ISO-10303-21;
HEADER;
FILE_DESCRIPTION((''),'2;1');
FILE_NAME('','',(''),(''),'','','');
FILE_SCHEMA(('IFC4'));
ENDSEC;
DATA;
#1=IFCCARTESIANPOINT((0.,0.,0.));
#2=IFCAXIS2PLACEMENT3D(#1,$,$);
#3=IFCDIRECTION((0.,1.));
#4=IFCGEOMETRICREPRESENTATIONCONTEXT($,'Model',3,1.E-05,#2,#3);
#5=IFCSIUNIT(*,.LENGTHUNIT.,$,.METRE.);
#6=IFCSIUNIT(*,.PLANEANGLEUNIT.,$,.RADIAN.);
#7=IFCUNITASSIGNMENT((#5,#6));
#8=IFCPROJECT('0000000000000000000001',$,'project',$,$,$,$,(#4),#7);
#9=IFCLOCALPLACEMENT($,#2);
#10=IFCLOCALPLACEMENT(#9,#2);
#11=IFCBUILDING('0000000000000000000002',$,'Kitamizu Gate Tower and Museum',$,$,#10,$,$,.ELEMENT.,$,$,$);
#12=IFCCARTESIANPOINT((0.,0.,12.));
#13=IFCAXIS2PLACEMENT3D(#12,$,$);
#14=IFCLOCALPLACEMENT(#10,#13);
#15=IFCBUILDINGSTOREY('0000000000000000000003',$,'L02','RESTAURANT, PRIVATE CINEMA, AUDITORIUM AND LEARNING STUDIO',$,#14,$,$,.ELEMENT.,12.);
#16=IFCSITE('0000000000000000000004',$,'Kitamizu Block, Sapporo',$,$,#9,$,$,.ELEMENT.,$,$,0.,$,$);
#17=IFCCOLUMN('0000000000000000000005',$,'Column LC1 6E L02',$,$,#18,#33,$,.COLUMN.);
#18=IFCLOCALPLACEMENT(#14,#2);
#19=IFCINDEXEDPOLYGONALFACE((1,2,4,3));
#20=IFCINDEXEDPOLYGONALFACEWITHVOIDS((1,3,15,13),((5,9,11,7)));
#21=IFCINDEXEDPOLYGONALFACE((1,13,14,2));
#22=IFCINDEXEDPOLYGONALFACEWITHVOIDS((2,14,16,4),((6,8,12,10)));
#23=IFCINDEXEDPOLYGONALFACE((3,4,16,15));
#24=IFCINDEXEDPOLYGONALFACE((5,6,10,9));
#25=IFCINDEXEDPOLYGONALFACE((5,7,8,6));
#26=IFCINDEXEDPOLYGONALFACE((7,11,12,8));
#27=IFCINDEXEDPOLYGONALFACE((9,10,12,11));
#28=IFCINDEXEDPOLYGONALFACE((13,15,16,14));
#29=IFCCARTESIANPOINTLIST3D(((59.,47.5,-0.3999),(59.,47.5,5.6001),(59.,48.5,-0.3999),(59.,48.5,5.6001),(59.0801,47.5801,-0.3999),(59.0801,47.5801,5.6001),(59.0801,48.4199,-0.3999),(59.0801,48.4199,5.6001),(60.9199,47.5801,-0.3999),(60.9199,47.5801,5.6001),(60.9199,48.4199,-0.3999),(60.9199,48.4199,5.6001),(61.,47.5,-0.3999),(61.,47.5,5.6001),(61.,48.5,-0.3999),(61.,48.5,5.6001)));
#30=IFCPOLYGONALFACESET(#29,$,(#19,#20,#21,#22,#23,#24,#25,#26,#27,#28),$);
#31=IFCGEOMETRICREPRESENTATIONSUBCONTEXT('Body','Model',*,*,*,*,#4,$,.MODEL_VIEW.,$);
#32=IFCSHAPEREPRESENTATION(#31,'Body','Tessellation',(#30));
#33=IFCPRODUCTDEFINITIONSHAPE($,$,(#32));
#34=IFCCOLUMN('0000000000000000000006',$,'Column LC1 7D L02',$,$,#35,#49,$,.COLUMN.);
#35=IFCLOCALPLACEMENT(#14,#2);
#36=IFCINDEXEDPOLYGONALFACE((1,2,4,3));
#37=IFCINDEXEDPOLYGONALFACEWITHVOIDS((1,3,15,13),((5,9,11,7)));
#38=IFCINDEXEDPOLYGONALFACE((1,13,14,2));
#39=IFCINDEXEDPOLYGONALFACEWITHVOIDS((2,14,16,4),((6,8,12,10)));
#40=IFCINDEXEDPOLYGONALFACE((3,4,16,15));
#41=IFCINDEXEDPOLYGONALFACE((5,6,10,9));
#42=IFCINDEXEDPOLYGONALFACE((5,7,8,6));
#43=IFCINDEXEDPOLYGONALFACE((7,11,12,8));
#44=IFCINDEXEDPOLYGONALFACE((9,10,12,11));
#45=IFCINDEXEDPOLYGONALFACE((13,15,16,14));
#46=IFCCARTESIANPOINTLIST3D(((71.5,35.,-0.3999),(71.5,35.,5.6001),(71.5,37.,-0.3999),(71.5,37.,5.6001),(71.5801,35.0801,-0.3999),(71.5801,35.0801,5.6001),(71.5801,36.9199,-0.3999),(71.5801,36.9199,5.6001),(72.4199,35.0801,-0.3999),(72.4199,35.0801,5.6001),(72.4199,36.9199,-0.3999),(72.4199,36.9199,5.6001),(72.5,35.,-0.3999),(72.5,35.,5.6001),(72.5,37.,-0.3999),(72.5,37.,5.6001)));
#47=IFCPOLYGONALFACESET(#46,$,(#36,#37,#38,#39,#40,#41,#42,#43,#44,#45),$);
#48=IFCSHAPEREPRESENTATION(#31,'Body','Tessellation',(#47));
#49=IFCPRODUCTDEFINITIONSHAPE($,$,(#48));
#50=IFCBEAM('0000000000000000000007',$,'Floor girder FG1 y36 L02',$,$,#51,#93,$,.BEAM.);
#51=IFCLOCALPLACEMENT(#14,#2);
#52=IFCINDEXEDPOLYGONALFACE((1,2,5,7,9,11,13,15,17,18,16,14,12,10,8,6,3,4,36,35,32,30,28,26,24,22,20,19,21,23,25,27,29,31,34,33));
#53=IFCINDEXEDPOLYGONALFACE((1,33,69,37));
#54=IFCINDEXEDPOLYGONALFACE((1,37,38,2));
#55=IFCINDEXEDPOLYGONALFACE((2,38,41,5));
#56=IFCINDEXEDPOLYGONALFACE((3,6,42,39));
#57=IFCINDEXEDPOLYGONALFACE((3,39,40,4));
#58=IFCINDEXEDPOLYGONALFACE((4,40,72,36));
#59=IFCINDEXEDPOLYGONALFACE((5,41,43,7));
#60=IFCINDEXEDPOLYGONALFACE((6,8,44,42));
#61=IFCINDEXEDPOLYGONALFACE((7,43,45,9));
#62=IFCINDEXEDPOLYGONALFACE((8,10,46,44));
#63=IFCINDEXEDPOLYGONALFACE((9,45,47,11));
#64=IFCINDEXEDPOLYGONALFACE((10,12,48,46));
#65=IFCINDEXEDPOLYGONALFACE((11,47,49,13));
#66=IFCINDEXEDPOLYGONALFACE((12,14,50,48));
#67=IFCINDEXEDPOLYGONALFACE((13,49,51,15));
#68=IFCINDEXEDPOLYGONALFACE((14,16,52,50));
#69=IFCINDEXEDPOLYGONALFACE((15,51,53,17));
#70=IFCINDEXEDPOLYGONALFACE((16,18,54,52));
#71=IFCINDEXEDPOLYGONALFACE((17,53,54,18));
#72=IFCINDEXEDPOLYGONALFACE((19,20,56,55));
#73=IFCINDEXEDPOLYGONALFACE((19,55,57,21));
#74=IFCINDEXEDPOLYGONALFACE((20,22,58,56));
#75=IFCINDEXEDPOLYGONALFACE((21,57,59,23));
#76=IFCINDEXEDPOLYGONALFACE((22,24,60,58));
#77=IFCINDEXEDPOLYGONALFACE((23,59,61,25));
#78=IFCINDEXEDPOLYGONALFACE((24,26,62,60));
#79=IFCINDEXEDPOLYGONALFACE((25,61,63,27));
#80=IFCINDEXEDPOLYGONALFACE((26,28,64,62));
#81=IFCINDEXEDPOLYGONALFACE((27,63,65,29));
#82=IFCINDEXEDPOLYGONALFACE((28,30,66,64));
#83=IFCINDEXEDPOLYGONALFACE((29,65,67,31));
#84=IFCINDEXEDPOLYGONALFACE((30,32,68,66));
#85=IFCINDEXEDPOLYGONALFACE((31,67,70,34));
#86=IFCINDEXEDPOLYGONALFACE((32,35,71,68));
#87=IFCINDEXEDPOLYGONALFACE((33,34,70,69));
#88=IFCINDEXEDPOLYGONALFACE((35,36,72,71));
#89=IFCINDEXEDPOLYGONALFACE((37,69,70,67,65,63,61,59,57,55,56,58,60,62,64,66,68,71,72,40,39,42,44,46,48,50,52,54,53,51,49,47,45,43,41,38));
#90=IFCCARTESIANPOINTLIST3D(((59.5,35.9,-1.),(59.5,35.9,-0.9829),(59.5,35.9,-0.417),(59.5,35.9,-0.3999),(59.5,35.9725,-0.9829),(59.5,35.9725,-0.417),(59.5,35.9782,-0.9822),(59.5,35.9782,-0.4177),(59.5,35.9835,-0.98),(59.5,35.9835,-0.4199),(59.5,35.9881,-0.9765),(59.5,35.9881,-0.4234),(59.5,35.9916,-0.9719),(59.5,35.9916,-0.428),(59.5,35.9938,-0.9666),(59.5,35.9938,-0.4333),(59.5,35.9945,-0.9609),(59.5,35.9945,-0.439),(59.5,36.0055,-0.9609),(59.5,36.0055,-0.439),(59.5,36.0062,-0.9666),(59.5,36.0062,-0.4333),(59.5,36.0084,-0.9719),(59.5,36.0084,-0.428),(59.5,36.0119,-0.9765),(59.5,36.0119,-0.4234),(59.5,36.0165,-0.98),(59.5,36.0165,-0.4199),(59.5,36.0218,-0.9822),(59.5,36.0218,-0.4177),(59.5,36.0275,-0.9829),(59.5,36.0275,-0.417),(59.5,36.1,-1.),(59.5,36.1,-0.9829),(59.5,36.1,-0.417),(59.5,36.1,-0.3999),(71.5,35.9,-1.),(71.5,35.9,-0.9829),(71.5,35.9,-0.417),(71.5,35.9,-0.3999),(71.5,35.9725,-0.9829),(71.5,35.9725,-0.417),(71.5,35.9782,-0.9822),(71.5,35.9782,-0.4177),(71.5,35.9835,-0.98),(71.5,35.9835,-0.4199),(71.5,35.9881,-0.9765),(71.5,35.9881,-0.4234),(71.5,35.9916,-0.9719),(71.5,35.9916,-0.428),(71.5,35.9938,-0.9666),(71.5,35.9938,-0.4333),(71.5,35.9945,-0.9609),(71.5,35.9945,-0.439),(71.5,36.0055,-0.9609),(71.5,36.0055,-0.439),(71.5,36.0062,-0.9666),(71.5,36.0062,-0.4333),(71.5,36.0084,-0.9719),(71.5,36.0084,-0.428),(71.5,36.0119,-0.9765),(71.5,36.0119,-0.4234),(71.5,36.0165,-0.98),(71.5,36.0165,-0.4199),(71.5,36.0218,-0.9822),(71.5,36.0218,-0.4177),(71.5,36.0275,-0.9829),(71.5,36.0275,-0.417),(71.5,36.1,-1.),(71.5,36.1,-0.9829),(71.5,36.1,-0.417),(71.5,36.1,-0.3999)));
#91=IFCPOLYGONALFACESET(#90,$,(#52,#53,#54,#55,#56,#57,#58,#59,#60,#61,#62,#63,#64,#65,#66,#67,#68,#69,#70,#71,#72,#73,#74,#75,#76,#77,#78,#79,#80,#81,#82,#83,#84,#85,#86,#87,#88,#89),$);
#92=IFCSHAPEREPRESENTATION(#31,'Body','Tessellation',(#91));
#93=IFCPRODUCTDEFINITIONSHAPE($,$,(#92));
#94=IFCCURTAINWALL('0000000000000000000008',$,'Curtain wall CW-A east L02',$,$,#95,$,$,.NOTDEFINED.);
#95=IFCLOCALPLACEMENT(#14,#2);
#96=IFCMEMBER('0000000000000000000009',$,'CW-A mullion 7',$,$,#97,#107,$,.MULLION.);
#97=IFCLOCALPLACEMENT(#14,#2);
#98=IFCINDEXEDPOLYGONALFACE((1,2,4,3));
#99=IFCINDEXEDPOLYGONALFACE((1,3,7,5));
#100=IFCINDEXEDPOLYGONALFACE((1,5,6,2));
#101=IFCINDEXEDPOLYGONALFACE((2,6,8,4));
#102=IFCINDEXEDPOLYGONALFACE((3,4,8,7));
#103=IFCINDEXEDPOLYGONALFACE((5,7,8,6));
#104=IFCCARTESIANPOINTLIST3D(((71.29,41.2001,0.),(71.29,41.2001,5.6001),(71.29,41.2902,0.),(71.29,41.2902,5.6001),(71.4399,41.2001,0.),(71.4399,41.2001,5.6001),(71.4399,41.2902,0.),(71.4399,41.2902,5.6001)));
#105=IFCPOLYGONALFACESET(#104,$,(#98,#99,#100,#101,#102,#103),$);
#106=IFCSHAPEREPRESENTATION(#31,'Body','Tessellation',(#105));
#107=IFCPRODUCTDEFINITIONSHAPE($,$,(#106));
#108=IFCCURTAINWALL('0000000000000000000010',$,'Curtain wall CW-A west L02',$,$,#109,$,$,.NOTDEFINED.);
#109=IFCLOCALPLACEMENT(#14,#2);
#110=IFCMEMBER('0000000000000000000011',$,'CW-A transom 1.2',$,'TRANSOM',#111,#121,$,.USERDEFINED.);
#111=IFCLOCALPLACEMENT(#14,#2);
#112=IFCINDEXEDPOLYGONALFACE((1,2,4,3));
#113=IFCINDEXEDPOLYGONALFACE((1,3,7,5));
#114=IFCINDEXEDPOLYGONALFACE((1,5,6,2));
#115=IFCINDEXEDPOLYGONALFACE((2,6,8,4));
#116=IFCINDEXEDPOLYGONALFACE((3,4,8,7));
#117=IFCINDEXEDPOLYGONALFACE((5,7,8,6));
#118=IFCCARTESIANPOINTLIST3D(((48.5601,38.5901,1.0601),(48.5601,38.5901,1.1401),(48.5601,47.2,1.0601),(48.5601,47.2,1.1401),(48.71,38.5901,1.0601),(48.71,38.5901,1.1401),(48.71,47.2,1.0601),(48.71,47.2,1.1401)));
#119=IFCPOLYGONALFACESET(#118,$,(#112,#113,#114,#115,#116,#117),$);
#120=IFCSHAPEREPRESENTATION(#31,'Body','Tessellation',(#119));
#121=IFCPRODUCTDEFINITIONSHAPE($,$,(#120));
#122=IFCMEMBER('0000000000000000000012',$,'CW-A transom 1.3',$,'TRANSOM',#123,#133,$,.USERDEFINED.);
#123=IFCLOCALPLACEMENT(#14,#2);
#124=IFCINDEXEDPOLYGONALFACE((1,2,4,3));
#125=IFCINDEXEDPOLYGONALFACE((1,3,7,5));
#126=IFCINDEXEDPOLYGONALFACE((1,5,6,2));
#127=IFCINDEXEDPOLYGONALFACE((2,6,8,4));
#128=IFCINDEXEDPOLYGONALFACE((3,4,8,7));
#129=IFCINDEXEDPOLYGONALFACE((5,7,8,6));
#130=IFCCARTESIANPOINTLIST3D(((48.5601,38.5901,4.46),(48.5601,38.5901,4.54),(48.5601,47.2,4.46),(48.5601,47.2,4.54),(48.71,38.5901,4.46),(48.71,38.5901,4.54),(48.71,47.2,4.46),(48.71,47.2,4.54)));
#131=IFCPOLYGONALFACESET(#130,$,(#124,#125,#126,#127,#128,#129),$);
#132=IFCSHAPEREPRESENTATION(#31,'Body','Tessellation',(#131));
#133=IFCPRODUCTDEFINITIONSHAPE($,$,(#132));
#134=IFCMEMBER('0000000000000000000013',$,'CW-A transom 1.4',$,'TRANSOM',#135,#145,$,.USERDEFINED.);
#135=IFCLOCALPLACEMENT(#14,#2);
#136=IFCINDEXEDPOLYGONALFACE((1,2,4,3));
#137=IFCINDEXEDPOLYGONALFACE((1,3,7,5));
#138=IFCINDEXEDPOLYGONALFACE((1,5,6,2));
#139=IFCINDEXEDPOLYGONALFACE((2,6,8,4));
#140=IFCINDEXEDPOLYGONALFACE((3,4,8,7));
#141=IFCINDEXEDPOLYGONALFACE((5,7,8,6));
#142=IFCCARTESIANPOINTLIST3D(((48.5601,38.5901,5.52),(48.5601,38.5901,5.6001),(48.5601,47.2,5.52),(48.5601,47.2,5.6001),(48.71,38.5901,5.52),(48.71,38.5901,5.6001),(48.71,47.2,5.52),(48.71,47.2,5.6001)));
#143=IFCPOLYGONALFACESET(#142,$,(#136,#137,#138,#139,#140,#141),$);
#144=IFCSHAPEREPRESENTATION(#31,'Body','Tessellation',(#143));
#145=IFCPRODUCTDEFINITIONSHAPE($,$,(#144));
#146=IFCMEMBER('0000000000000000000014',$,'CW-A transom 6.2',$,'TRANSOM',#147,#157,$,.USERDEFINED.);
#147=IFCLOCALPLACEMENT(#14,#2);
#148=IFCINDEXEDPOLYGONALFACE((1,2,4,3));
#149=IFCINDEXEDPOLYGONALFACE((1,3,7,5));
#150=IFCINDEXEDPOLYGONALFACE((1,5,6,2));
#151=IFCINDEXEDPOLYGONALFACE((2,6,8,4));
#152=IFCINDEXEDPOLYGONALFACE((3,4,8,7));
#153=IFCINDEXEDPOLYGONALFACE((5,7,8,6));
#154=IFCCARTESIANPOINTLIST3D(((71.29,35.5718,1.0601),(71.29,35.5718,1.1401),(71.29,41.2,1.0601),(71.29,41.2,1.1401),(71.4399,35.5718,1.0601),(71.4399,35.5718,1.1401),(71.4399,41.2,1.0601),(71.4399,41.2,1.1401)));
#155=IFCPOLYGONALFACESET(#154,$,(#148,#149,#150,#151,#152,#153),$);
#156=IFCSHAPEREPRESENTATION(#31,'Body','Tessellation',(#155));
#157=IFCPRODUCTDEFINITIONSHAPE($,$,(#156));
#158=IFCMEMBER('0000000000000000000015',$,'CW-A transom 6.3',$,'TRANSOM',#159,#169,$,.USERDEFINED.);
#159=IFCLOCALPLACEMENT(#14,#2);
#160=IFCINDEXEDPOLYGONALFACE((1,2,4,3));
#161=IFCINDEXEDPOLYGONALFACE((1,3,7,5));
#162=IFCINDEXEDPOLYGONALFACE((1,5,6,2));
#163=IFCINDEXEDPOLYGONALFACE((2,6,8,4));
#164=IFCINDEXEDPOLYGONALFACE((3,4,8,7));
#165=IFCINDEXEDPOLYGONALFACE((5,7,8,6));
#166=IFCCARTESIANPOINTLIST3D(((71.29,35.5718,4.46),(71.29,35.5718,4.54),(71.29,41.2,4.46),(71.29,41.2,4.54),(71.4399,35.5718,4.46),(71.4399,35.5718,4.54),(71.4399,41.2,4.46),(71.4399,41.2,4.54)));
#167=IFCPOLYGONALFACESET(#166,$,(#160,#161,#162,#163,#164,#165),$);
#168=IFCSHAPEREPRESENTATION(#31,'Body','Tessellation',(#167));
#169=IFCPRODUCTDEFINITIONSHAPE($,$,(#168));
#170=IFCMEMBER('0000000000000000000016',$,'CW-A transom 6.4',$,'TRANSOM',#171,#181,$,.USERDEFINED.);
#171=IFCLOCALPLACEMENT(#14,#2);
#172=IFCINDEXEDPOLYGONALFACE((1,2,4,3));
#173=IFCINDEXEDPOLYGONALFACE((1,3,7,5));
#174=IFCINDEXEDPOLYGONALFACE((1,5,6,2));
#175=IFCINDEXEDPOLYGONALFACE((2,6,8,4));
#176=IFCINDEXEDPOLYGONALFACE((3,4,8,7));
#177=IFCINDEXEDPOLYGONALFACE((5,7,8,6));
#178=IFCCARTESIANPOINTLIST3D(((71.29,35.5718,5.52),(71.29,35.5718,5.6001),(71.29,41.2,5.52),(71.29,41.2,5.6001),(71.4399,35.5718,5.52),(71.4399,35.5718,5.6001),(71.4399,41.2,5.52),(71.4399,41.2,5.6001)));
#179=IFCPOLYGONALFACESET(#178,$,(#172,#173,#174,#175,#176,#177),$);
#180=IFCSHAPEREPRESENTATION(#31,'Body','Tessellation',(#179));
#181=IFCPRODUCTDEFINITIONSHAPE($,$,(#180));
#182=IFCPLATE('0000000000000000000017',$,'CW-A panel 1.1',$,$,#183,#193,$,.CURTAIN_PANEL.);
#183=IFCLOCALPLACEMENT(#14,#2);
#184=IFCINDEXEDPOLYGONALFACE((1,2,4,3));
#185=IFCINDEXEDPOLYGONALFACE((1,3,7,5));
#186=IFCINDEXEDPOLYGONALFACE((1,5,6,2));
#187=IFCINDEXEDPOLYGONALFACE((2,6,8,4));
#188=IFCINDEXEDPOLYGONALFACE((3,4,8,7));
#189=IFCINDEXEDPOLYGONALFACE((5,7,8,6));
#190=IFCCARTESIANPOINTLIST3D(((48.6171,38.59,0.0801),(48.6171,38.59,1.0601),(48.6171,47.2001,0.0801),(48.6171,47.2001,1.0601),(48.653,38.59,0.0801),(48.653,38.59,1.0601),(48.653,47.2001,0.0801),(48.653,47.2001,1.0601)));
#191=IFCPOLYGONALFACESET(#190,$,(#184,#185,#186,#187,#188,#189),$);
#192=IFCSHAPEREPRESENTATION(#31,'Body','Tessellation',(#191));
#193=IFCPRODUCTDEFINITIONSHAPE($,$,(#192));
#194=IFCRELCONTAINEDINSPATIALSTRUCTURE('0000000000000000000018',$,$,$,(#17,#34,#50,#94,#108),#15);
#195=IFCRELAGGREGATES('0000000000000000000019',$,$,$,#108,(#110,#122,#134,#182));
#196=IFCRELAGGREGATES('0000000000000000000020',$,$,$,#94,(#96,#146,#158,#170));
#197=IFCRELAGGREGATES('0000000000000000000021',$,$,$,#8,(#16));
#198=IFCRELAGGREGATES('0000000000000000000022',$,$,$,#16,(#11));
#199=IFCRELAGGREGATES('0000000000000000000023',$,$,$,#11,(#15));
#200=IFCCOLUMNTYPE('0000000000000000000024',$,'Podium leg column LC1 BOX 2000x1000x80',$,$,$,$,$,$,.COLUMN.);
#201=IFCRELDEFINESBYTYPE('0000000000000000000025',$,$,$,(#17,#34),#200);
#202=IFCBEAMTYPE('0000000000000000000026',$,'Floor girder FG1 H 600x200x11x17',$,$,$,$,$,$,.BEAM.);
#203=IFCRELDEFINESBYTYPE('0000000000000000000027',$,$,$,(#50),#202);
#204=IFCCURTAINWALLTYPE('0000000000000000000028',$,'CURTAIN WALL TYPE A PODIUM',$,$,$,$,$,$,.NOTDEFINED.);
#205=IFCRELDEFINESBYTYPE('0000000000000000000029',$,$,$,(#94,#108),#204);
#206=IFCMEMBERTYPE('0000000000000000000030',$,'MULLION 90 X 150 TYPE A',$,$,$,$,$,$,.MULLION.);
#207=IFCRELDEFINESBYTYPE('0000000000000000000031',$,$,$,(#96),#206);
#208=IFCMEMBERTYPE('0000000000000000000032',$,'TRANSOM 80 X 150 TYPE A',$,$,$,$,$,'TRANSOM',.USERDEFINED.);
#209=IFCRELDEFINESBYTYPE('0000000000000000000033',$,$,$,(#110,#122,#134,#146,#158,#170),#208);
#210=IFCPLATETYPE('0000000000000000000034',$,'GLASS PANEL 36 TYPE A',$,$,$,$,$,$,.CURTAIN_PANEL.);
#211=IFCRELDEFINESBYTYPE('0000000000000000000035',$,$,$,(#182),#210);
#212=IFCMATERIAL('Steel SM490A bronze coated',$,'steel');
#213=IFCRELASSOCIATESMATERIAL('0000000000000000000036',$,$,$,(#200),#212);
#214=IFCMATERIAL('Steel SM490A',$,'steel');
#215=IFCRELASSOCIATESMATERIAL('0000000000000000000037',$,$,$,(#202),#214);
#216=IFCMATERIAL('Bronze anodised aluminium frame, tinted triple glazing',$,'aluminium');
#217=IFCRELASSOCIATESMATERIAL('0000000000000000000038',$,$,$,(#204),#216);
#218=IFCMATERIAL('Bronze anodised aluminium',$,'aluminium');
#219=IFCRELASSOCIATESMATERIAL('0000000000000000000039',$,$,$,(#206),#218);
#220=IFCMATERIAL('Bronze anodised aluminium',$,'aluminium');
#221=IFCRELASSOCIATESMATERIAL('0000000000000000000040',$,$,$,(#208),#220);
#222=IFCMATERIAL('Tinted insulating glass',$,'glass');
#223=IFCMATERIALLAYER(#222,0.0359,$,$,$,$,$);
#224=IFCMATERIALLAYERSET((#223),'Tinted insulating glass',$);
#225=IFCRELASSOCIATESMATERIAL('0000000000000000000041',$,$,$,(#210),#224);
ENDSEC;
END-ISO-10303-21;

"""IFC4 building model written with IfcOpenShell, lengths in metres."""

from ifc_helpers import new_model, si_unit, direction, frame, origin, origin_2d, place, context, subcontext, project, spatial, rectangle, hollow_rectangle, i_section, extrude, material, layer, layer_set, material_profile, profile_set, type_object, element, aggregate, save


model = new_model("IFC4")

# Units and contexts
model_context = context("Model", 3, precision=1e-05, world=origin(), true_north=direction((0.0, 1.0)))
body_context = subcontext(model_context, "Body", "Model", "MODEL_VIEW")
ifc_project = project(units=[si_unit("LENGTHUNIT", "METRE"), si_unit("PLANEANGLEUNIT", "RADIAN")], contexts=[model_context])

# Site, building, storey
site_placement = place(None, origin())
site = spatial("IfcSite", under=ifc_project, at=site_placement, Name="Kitamizu Block, Sapporo", CompositionType="ELEMENT", RefElevation=0.0)
building_placement = place(site_placement, origin())
building = spatial("IfcBuilding", under=site, at=building_placement, Name="Kitamizu Gate Tower and Museum", CompositionType="ELEMENT")
storey_placement = place(building_placement, frame((0.0, 0.0, 12.0)))
storey = spatial("IfcBuildingStorey", under=building, at=storey_placement, Name="L02", Description="RESTAURANT, PRIVATE CINEMA, AUDITORIUM AND LEARNING STUDIO", CompositionType="ELEMENT", Elevation=12.0)

# Columns
ifc_material_1 = material(Name="Steel SM490A bronze coated", Category="steel")
ifc_material_profile_1 = material_profile(ifc_material_1, hollow_rectangle(XDim=2.0, YDim=1.0, WallThickness=0.0801, at=origin_2d()), Name="BOX 2000x1000x80")
ifc_profile_set_1 = profile_set([ifc_material_profile_1], Name="Steel SM490A bronze coated")
column_type = type_object("IfcColumnType", Name="Podium leg column LC1 BOX 2000x1000x80", PredefinedType="COLUMN", material=ifc_profile_set_1)
for number, where, z_axis, x_axis, name in (
    (1, (60.0, 48.0, -0.3999), (0.0, 0.0, 1.0), (1.0, 0.0, 0.0), "Column LC1 6E L02"),
    (2, (72.0, 36.0, -0.3999), (0.0, 0.0, 1.0), (0.0, 1.0, 0.0), "Column LC1 7D L02"),
):
    element("IfcColumn", number, at=place(storey_placement, frame(where, z_axis=z_axis, x_axis=x_axis)), inside=storey, type_object=column_type, Name=name, PredefinedType="COLUMN", context=body_context, shape_type="SweptSolid", body=[
        extrude(hollow_rectangle(XDim=2.0, YDim=1.0, WallThickness=0.0801, at=origin_2d()), origin(), (0.0, 0.0, 1.0), 6.0),
    ])

# Beam
ifc_material_2 = material(Name="Steel SM490A", Category="steel")
ifc_material_profile_2 = material_profile(ifc_material_2, i_section(OverallWidth=0.2, OverallDepth=0.6001, WebThickness=0.011, FlangeThickness=0.0171, FilletRadius=0.022, at=origin_2d()), Name="H-600x200x11x17")
ifc_profile_set_2 = profile_set([ifc_material_profile_2], Name="Steel SM490A")
beam_type = type_object("IfcBeamType", Name="Floor girder FG1 H 600x200x11x17", PredefinedType="BEAM", material=ifc_profile_set_2)
beam_placement = place(storey_placement, frame((59.5, 36.0, -0.7), z_axis=(1.0, 0.0, 0.0), x_axis=(0.0, 1.0, 0.0)))
element("IfcBeam", 3, at=beam_placement, inside=storey, type_object=beam_type, Name="Floor girder FG1 y36 L02", PredefinedType="BEAM", context=body_context, shape_type="SweptSolid", body=[
    extrude(i_section(OverallWidth=0.2, OverallDepth=0.6001, WebThickness=0.011, FlangeThickness=0.0171, FilletRadius=0.022, at=origin_2d()), origin(), (0.0, 0.0, 1.0), 12.0),
])

# Curtain wall, member
ifc_material_3 = material(Name="Bronze anodised aluminium frame, tinted triple glazing", Category="aluminium")
curtain_wall_type = type_object("IfcCurtainWallType", Name="CURTAIN WALL TYPE A PODIUM", PredefinedType="NOTDEFINED", material=ifc_material_3)
curtain_wall_1_placement = place(storey_placement, origin())
curtain_wall_1 = element("IfcCurtainWall", 4, at=curtain_wall_1_placement, inside=storey, type_object=curtain_wall_type, Name="Curtain wall CW-A east L02", PredefinedType="NOTDEFINED")
ifc_material_4 = material(Name="Bronze anodised aluminium", Category="aluminium")
ifc_material_profile_3 = material_profile(ifc_material_4, rectangle(XDim=0.0901, YDim=0.1499, at=origin_2d()), Name="AL 90X150")
ifc_profile_set_3 = profile_set([ifc_material_profile_3], Name="Bronze anodised aluminium")
member_type_1 = type_object("IfcMemberType", Name="MULLION 90 X 150 TYPE A", PredefinedType="MULLION", material=ifc_profile_set_3)
member_1_placement = place(storey_placement, frame((71.365, 41.2451, 0.0), z_axis=(0.0, 0.0, 1.0), x_axis=(0.0, 1.0, 0.0)))
member_1 = element("IfcMember", 5, at=member_1_placement, type_object=member_type_1, Name="CW-A mullion 7", PredefinedType="MULLION", context=body_context, shape_type="SweptSolid", body=[
    extrude(rectangle(XDim=0.0901, YDim=0.1499, at=origin_2d()), origin(), (0.0, 0.0, 1.0), 5.6001),
])

# Curtain wall, members
curtain_wall_2_placement = place(storey_placement, origin())
curtain_wall_2 = element("IfcCurtainWall", 6, at=curtain_wall_2_placement, inside=storey, type_object=curtain_wall_type, Name="Curtain wall CW-A west L02", PredefinedType="NOTDEFINED")
ifc_material_5 = material(Name="Bronze anodised aluminium", Category="aluminium")
ifc_material_profile_4 = material_profile(ifc_material_5, rectangle(XDim=0.1499, YDim=0.0801, at=origin_2d()), Name="AL 80X150")
ifc_profile_set_4 = profile_set([ifc_material_profile_4], Name="Bronze anodised aluminium")
member_type_2 = type_object("IfcMemberType", Name="TRANSOM 80 X 150 TYPE A", ElementType="TRANSOM", PredefinedType="USERDEFINED", material=ifc_profile_set_4)
member_2_placement = place(storey_placement, frame((48.635, 38.5901, 1.1001), z_axis=(0.0, 1.0, 0.0), x_axis=(-1.0, 0.0, 0.0)))
member_2 = element("IfcMember", 7, at=member_2_placement, type_object=member_type_2, Name="CW-A transom 1.2", ObjectType="TRANSOM", PredefinedType="USERDEFINED", context=body_context, shape_type="SweptSolid", body=[
    extrude(rectangle(XDim=0.1499, YDim=0.0801, at=origin_2d()), origin(), (0.0, 0.0, 1.0), 8.6099),
])
member_3_placement = place(storey_placement, frame((48.635, 38.5901, 4.5), z_axis=(0.0, 1.0, 0.0), x_axis=(-1.0, 0.0, 0.0)))
member_3 = element("IfcMember", 8, at=member_3_placement, type_object=member_type_2, Name="CW-A transom 1.3", ObjectType="TRANSOM", PredefinedType="USERDEFINED", context=body_context, shape_type="SweptSolid", body=[
    extrude(rectangle(XDim=0.1499, YDim=0.0801, at=origin_2d()), origin(), (0.0, 0.0, 1.0), 8.6099),
])
member_4_placement = place(storey_placement, frame((48.635, 38.5901, 5.5601), z_axis=(0.0, 1.0, 0.0), x_axis=(-1.0, 0.0, 0.0)))
member_4 = element("IfcMember", 9, at=member_4_placement, type_object=member_type_2, Name="CW-A transom 1.4", ObjectType="TRANSOM", PredefinedType="USERDEFINED", context=body_context, shape_type="SweptSolid", body=[
    extrude(rectangle(XDim=0.1499, YDim=0.0801, at=origin_2d()), origin(), (0.0, 0.0, 1.0), 8.6099),
])

# Members
member_5_placement = place(storey_placement, frame((71.365, 35.5718, 1.1001), z_axis=(0.0, 1.0, 0.0), x_axis=(-1.0, 0.0, 0.0)))
member_5 = element("IfcMember", 10, at=member_5_placement, type_object=member_type_2, Name="CW-A transom 6.2", ObjectType="TRANSOM", PredefinedType="USERDEFINED", context=body_context, shape_type="SweptSolid", body=[
    extrude(rectangle(XDim=0.1499, YDim=0.0801, at=origin_2d()), origin(), (0.0, 0.0, 1.0), 5.6282),
])
member_6_placement = place(storey_placement, frame((71.365, 35.5718, 4.5), z_axis=(0.0, 1.0, 0.0), x_axis=(-1.0, 0.0, 0.0)))
member_6 = element("IfcMember", 11, at=member_6_placement, type_object=member_type_2, Name="CW-A transom 6.3", ObjectType="TRANSOM", PredefinedType="USERDEFINED", context=body_context, shape_type="SweptSolid", body=[
    extrude(rectangle(XDim=0.1499, YDim=0.0801, at=origin_2d()), origin(), (0.0, 0.0, 1.0), 5.6282),
])
member_7_placement = place(storey_placement, frame((71.365, 35.5718, 5.5601), z_axis=(0.0, 1.0, 0.0), x_axis=(-1.0, 0.0, 0.0)))
member_7 = element("IfcMember", 12, at=member_7_placement, type_object=member_type_2, Name="CW-A transom 6.4", ObjectType="TRANSOM", PredefinedType="USERDEFINED", context=body_context, shape_type="SweptSolid", body=[
    extrude(rectangle(XDim=0.1499, YDim=0.0801, at=origin_2d()), origin(), (0.0, 0.0, 1.0), 5.6282),
])

# Plate
ifc_material_6 = material(Name="Tinted insulating glass", Category="glass")
ifc_layer_1 = layer(ifc_material_6, 0.0359)
ifc_layer_set_1 = layer_set([ifc_layer_1], Name="Tinted insulating glass")
plate_type = type_object("IfcPlateType", Name="GLASS PANEL 36 TYPE A", PredefinedType="CURTAIN_PANEL", material=ifc_layer_set_1)
plate_1_placement = place(storey_placement, frame((48.635, 42.895, 0.0801), z_axis=(0.0, 0.0, 1.0), x_axis=(0.0, 1.0, 0.0)))
plate_1 = element("IfcPlate", 13, at=plate_1_placement, type_object=plate_type, Name="CW-A panel 1.1", PredefinedType="CURTAIN_PANEL", context=body_context, shape_type="SweptSolid", body=[
    extrude(rectangle(XDim=8.6101, YDim=0.0359, at=origin_2d()), origin(), (0.0, 0.0, 1.0), 0.98),
])
aggregate(curtain_wall_2, [member_2, member_3, member_4, plate_1])
aggregate(curtain_wall_1, [member_1, member_5, member_6, member_7])

save(model, "model.ifc")
